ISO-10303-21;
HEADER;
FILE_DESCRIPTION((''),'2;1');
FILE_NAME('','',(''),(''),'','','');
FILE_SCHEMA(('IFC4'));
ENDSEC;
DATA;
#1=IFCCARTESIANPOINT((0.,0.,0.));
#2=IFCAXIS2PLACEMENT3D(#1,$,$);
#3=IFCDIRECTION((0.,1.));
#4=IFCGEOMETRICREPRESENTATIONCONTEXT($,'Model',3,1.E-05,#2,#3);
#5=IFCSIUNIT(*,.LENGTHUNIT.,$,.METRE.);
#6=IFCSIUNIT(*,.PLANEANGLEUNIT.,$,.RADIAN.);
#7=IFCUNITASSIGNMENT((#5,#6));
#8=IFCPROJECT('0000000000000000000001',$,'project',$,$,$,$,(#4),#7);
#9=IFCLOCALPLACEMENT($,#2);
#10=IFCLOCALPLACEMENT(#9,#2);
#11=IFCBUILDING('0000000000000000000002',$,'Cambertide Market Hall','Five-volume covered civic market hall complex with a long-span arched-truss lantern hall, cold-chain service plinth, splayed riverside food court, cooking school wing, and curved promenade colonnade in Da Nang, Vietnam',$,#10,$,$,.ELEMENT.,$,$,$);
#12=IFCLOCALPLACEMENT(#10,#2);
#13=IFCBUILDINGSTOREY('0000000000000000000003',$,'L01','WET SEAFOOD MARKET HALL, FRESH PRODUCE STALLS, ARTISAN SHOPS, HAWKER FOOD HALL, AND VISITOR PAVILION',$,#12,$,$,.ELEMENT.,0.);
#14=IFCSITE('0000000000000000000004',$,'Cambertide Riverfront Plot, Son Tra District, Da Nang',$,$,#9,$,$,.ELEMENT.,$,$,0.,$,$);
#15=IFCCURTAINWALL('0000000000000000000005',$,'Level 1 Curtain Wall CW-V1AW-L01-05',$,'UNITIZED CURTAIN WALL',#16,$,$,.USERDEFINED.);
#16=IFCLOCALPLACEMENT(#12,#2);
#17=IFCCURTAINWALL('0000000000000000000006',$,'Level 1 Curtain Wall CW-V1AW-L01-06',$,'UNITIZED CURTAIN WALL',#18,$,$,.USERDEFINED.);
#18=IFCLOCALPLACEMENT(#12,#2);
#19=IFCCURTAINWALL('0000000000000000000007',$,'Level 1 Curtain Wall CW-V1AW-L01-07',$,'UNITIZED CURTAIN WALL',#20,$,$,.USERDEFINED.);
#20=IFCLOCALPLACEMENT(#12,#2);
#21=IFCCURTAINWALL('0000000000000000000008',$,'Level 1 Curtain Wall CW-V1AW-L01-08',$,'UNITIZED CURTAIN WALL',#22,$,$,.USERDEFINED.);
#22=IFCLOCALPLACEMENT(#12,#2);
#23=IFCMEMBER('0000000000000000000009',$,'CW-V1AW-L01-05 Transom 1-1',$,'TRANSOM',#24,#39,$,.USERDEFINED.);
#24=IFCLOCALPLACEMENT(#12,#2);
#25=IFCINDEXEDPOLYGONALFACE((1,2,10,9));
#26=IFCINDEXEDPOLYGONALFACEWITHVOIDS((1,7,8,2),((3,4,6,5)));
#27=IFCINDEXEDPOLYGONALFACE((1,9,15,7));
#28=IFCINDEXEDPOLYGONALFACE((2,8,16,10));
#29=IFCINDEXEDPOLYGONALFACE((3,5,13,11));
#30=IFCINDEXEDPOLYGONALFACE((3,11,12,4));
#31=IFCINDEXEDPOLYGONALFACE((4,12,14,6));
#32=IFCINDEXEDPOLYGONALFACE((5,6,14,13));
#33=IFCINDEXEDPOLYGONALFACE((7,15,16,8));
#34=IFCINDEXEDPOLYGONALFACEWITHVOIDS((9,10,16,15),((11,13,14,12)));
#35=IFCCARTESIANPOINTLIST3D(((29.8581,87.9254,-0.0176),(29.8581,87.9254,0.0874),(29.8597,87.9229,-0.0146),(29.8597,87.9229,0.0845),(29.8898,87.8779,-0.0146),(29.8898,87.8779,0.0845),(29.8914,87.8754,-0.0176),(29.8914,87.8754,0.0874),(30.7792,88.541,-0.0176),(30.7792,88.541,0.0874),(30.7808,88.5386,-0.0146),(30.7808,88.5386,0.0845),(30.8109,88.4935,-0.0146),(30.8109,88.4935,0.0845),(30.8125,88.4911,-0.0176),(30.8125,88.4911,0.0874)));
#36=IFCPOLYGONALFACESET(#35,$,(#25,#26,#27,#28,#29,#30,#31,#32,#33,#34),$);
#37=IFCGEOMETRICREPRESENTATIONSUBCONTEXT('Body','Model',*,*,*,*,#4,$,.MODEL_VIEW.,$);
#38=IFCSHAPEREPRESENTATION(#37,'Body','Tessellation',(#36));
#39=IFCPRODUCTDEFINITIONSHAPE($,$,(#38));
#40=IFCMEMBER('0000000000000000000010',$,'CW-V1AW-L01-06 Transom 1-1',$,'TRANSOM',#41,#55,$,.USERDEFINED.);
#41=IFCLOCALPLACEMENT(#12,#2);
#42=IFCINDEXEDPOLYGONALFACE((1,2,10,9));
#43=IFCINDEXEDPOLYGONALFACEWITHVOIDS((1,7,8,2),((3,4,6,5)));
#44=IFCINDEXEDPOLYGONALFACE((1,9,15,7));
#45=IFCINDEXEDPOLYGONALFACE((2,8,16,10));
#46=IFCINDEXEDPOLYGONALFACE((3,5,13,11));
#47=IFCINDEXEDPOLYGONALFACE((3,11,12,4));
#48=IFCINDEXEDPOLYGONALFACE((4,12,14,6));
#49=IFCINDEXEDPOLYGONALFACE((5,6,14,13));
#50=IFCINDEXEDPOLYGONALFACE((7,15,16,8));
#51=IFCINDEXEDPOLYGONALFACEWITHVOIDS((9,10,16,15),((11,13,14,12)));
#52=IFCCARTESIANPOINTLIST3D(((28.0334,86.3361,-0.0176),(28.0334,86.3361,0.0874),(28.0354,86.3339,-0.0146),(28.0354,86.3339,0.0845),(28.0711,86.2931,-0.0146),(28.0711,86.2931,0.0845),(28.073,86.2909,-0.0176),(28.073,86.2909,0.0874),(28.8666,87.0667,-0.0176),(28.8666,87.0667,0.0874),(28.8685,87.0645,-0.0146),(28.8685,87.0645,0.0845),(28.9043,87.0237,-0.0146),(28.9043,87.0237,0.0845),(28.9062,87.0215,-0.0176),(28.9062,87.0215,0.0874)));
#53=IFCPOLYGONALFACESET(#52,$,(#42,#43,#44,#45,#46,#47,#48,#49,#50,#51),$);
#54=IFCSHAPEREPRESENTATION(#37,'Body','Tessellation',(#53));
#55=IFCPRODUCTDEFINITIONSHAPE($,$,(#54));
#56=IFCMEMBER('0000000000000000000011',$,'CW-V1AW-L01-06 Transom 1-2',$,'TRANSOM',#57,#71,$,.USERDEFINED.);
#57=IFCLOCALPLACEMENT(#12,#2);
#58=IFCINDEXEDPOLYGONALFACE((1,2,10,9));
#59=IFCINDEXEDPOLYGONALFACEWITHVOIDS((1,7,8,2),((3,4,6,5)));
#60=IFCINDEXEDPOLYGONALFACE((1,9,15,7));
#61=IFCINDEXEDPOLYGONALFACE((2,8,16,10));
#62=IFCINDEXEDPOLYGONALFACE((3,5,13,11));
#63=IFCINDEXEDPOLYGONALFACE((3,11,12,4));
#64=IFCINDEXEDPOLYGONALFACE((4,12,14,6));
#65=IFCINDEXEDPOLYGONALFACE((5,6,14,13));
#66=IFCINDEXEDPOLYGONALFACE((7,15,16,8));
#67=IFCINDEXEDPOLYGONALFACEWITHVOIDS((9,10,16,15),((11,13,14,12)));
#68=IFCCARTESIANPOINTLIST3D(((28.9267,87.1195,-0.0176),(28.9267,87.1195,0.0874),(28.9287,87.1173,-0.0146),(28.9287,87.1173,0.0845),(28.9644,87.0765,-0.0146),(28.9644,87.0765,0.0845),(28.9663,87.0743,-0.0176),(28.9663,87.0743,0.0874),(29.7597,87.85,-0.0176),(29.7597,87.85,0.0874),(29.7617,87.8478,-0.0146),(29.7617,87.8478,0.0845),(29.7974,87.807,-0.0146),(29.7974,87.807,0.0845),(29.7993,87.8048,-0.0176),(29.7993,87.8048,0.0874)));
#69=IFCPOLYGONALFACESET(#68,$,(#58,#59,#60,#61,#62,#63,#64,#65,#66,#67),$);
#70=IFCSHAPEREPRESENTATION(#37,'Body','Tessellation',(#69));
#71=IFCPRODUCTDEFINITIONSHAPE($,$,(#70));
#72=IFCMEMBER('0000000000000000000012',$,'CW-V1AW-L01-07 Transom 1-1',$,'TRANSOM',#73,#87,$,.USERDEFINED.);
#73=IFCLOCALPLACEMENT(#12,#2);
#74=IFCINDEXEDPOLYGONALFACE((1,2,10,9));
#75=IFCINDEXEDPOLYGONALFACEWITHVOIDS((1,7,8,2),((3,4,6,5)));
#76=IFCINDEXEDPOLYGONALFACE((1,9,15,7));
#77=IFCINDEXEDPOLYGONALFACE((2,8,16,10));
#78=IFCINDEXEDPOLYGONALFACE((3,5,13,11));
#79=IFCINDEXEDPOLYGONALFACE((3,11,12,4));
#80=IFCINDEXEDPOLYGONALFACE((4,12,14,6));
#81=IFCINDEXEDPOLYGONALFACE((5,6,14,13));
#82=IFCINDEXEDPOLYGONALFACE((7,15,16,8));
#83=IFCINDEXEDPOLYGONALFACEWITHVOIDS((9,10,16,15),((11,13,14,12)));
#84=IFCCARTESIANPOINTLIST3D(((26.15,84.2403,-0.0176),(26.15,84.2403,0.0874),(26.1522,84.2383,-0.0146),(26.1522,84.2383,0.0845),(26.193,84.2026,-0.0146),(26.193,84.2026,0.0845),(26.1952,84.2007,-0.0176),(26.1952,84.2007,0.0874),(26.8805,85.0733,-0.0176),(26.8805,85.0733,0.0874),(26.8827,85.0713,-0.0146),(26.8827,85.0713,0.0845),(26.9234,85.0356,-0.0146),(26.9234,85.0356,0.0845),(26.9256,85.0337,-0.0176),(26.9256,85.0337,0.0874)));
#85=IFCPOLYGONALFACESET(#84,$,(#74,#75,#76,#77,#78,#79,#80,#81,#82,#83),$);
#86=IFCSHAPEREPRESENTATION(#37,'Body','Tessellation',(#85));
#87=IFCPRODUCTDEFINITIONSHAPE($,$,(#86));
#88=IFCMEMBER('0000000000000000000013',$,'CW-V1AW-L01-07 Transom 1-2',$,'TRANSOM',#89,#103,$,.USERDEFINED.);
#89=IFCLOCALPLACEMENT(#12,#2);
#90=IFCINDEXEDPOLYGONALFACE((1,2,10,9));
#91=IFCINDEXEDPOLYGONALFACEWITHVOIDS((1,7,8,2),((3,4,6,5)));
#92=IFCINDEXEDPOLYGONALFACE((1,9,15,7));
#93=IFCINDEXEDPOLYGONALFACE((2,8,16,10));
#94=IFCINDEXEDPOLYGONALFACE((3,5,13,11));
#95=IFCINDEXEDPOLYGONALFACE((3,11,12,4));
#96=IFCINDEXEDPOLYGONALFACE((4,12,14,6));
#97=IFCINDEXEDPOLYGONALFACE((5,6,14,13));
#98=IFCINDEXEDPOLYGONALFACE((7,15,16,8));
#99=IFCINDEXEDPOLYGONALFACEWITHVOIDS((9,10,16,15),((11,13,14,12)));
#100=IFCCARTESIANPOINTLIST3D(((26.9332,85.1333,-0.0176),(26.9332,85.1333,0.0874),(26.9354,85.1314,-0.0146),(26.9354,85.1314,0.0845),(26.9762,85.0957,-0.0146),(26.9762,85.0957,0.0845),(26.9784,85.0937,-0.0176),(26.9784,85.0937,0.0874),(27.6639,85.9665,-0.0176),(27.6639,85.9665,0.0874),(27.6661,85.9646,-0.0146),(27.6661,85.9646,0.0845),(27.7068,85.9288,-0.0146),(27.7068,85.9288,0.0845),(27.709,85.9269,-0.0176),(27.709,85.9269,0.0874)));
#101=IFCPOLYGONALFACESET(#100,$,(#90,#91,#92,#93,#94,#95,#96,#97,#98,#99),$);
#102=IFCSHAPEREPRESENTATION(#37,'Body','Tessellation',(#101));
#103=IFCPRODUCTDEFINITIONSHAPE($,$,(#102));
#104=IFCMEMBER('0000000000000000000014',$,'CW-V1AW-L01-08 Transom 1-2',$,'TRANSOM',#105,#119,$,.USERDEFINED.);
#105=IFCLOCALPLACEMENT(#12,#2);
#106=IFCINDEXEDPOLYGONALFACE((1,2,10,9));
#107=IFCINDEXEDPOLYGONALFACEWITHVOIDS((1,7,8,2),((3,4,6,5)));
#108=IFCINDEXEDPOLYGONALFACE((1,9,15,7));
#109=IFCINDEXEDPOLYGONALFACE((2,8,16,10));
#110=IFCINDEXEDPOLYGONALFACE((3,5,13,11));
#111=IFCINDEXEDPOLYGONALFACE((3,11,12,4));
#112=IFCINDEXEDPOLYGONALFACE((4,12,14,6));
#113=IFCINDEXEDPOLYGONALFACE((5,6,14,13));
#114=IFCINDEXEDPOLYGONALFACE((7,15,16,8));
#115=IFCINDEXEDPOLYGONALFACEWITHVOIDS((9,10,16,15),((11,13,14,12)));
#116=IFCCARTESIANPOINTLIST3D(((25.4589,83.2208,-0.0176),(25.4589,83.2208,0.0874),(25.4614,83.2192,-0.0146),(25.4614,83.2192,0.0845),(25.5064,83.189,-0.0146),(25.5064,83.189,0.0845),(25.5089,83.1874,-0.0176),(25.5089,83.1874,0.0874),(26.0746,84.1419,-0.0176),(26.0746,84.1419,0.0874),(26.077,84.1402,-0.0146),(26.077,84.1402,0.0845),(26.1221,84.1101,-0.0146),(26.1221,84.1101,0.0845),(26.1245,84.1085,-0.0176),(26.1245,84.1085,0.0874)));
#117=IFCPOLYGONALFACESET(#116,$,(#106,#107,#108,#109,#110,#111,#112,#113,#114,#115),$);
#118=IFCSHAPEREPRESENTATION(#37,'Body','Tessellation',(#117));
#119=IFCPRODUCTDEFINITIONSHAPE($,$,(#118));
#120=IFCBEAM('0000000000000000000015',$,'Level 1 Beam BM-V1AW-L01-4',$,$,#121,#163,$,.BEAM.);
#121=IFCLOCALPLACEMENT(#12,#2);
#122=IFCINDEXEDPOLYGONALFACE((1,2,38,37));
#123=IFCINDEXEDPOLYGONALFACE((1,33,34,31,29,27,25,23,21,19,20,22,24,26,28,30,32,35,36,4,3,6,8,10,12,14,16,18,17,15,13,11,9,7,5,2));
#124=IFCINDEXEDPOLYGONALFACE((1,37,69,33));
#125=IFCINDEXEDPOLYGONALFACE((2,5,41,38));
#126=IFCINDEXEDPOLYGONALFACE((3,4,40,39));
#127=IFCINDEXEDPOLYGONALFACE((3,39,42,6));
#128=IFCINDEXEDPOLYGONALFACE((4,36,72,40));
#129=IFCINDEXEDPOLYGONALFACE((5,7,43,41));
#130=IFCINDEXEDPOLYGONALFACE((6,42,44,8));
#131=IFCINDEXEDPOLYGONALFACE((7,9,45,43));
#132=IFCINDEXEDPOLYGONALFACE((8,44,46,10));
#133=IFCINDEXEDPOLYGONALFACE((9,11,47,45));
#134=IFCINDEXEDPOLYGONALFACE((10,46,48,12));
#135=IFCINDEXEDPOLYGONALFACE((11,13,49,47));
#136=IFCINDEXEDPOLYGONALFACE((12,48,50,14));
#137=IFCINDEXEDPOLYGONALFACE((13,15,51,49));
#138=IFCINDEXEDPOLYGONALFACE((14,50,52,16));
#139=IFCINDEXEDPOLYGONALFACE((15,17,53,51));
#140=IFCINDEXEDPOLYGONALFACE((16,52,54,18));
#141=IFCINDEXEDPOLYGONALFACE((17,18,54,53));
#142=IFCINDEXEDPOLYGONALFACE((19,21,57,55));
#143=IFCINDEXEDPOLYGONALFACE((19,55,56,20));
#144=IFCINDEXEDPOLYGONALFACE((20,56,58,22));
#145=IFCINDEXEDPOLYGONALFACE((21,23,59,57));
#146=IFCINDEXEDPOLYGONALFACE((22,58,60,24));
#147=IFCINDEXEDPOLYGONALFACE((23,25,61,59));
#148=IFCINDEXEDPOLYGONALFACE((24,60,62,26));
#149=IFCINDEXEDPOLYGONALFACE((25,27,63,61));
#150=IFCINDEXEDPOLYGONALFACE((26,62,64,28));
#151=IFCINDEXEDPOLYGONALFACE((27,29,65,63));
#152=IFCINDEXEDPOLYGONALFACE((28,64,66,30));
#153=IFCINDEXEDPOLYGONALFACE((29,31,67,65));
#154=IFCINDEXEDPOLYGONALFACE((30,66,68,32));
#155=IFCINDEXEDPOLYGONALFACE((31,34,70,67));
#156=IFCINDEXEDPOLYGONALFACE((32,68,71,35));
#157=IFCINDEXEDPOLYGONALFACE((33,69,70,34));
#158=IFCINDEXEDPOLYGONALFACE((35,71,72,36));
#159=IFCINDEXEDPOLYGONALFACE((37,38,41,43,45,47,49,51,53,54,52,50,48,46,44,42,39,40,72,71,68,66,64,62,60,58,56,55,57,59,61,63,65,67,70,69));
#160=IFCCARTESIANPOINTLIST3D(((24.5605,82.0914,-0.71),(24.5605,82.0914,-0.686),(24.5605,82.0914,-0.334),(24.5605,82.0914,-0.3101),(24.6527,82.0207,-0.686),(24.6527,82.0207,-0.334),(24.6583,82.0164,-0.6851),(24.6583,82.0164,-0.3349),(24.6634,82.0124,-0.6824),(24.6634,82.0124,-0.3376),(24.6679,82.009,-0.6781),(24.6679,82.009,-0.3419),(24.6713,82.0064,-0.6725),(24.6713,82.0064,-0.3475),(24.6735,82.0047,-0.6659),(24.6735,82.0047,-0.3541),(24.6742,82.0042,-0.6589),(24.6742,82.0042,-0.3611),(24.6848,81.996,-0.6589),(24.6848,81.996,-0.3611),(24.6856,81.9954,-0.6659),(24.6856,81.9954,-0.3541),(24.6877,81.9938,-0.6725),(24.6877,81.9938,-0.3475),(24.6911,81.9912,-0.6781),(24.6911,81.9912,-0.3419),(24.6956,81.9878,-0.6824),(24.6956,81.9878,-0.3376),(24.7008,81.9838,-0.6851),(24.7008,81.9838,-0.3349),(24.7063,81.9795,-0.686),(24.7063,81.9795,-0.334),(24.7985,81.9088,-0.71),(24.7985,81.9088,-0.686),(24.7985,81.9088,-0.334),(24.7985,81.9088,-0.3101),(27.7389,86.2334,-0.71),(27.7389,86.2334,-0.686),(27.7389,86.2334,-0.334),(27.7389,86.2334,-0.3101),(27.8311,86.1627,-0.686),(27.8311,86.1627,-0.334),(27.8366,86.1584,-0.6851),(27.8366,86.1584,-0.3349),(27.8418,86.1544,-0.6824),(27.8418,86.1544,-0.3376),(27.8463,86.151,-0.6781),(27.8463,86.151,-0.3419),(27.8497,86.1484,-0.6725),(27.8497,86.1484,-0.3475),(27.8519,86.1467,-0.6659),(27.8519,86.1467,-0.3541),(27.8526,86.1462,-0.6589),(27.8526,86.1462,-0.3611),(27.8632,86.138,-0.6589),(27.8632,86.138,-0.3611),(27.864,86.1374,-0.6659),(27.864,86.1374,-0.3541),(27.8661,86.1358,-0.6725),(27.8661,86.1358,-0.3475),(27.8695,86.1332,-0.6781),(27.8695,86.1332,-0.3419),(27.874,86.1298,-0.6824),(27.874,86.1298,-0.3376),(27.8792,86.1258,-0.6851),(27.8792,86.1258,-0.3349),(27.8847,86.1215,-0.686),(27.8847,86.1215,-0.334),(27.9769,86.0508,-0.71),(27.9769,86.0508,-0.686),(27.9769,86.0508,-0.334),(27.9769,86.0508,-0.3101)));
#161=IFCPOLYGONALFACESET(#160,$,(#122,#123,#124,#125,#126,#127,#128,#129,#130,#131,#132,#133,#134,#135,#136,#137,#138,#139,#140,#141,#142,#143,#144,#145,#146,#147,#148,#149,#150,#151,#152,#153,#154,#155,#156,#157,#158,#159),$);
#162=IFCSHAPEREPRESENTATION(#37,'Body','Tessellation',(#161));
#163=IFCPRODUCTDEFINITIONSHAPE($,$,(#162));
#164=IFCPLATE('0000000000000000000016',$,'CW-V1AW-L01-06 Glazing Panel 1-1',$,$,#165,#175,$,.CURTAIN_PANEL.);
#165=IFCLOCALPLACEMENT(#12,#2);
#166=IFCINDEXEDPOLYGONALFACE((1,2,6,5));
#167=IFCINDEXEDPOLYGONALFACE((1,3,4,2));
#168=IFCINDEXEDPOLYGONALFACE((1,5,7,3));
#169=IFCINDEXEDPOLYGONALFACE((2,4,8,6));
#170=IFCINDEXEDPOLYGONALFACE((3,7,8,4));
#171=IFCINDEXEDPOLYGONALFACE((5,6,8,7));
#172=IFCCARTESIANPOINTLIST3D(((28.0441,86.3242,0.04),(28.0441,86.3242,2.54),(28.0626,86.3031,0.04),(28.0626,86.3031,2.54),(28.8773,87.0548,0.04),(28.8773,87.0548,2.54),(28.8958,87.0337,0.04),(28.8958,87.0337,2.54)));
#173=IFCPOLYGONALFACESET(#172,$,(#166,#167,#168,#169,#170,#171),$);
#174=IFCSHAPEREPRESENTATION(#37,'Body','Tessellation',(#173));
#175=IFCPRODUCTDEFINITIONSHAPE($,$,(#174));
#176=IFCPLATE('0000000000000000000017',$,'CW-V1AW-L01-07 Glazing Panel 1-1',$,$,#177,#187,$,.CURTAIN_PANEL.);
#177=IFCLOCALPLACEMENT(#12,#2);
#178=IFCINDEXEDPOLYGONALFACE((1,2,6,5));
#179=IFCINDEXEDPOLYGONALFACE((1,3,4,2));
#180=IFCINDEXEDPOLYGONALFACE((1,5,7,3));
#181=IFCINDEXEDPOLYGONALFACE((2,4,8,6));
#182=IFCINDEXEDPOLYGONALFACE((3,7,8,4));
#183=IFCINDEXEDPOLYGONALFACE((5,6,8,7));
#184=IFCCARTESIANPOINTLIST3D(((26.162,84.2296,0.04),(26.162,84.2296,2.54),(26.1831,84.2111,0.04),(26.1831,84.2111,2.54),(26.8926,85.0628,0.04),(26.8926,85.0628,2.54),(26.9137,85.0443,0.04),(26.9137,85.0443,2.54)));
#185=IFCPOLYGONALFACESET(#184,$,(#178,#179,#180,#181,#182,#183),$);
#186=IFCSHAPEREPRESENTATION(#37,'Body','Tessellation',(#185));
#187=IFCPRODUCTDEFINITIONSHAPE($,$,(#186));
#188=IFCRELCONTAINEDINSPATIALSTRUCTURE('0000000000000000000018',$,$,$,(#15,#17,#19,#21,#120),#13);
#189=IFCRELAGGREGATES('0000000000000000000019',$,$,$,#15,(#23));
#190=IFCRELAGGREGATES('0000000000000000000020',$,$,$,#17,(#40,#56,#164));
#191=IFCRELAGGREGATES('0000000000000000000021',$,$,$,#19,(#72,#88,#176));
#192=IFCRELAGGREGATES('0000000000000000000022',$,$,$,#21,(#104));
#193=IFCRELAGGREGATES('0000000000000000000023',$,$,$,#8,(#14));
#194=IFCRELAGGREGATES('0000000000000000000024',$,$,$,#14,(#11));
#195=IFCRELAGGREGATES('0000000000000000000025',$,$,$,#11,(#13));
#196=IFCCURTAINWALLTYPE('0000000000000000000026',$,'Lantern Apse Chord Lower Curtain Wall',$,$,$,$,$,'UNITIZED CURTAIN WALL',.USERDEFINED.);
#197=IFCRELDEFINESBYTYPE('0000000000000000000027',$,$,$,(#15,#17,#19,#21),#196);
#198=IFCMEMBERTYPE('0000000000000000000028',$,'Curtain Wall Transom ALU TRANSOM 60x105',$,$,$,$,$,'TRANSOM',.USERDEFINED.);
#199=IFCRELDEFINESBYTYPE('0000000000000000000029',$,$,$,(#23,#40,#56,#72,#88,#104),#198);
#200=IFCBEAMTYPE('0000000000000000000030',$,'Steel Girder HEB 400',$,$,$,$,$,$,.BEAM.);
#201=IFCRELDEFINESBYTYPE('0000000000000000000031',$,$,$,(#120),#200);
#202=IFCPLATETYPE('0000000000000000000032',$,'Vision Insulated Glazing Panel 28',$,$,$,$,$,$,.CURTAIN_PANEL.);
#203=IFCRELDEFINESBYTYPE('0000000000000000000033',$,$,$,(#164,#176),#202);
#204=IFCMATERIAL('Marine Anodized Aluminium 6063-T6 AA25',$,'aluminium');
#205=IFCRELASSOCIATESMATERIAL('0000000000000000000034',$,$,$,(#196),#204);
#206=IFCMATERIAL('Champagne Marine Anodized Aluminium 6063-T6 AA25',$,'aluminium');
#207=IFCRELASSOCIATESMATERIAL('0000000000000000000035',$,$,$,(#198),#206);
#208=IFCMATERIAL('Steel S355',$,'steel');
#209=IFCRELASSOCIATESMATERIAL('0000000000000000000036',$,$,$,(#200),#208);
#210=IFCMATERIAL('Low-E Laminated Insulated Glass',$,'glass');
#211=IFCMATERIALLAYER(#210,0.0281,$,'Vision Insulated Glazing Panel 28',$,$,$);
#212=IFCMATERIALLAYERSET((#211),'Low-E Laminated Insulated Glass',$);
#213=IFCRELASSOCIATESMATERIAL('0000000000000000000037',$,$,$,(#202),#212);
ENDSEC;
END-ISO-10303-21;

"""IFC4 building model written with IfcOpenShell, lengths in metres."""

from ifc_helpers import new_model, si_unit, direction, frame, origin, origin_2d, place, context, subcontext, project, spatial, rectangle, hollow_rectangle, i_section, extrude, material, layer, layer_set, material_profile, profile_set, type_object, element, aggregate, save


model = new_model("IFC4")

# Units and contexts
model_context = context("Model", 3, precision=1e-05, world=origin(), true_north=direction((0.0, 1.0)))
body_context = subcontext(model_context, "Body", "Model", "MODEL_VIEW")
ifc_project = project(units=[si_unit("LENGTHUNIT", "METRE"), si_unit("PLANEANGLEUNIT", "RADIAN")], contexts=[model_context])

# Site, building, storey
site_placement = place(None, origin())
site = spatial("IfcSite", under=ifc_project, at=site_placement, Name="Cambertide Riverfront Plot, Son Tra District, Da Nang", CompositionType="ELEMENT", RefElevation=0.0)
building_placement = place(site_placement, origin())
building = spatial("IfcBuilding", under=site, at=building_placement, Name="Cambertide Market Hall", Description="Five-volume covered civic market hall complex with a long-span arched-truss lantern hall, cold-chain service plinth, splayed riverside food court, cooking school wing, and curved promenade colonnade in Da Nang, Vietnam", CompositionType="ELEMENT")
storey_placement = place(building_placement, origin())
storey = spatial("IfcBuildingStorey", under=building, at=storey_placement, Name="L01", Description="WET SEAFOOD MARKET HALL, FRESH PRODUCE STALLS, ARTISAN SHOPS, HAWKER FOOD HALL, AND VISITOR PAVILION", CompositionType="ELEMENT", Elevation=0.0)

# Curtain wall
ifc_material_1 = material(Name="Marine Anodized Aluminium 6063-T6 AA25", Category="aluminium")
curtain_wall_type = type_object("IfcCurtainWallType", Name="Lantern Apse Chord Lower Curtain Wall", ElementType="UNITIZED CURTAIN WALL", PredefinedType="USERDEFINED", material=ifc_material_1)
curtain_wall_1_placement = place(storey_placement, origin())
curtain_wall_1 = element("IfcCurtainWall", 1, at=curtain_wall_1_placement, inside=storey, type_object=curtain_wall_type, Name="Level 1 Curtain Wall CW-V1AW-L01-05", ObjectType="UNITIZED CURTAIN WALL", PredefinedType="USERDEFINED")

# Curtain walls
curtain_wall_2_placement = place(storey_placement, origin())
curtain_wall_2 = element("IfcCurtainWall", 2, at=curtain_wall_2_placement, inside=storey, type_object=curtain_wall_type, Name="Level 1 Curtain Wall CW-V1AW-L01-06", ObjectType="UNITIZED CURTAIN WALL", PredefinedType="USERDEFINED")
curtain_wall_3_placement = place(storey_placement, origin())
curtain_wall_3 = element("IfcCurtainWall", 3, at=curtain_wall_3_placement, inside=storey, type_object=curtain_wall_type, Name="Level 1 Curtain Wall CW-V1AW-L01-07", ObjectType="UNITIZED CURTAIN WALL", PredefinedType="USERDEFINED")

# Curtain wall
curtain_wall_4_placement = place(storey_placement, origin())
curtain_wall_4 = element("IfcCurtainWall", 4, at=curtain_wall_4_placement, inside=storey, type_object=curtain_wall_type, Name="Level 1 Curtain Wall CW-V1AW-L01-08", ObjectType="UNITIZED CURTAIN WALL", PredefinedType="USERDEFINED")

# Members
ifc_material_2 = material(Name="Champagne Marine Anodized Aluminium 6063-T6 AA25", Category="aluminium")
ifc_material_profile_1 = material_profile(ifc_material_2, hollow_rectangle(XDim=0.0601, YDim=0.105, WallThickness=0.0029, at=origin_2d()), Name="ALU TRANSOM 60x105")
ifc_profile_set_1 = profile_set([ifc_material_profile_1], Name="Champagne Marine Anodized Aluminium 6063-T6 AA25")
member_type_1 = type_object("IfcMemberType", Name="Curtain Wall Transom ALU TRANSOM 60x105", ElementType="TRANSOM", PredefinedType="USERDEFINED", material=ifc_profile_set_1)
member_1_placement = place(storey_placement, frame((29.8748, 87.9004, 0.0349), z_axis=(0.831372, 0.555717, 0.0), x_axis=(-0.555717, 0.831372, 0.0)))
member_1 = element("IfcMember", 5, at=member_1_placement, type_object=member_type_1, Name="CW-V1AW-L01-05 Transom 1-1", ObjectType="TRANSOM", PredefinedType="USERDEFINED", context=body_context, shape_type="SweptSolid", body=[
    extrude(hollow_rectangle(XDim=0.0601, YDim=0.105, WallThickness=0.0029, at=origin_2d()), origin(), (0.0, 0.0, 1.0), 1.1079),
])
aggregate(curtain_wall_1, [member_1])
member_2_placement = place(storey_placement, frame((28.0532, 86.3135, 0.0349), z_axis=(0.751853, 0.659331, 0.0), x_axis=(-0.659331, 0.751853, 0.0)))
member_2 = element("IfcMember", 6, at=member_2_placement, type_object=member_type_1, Name="CW-V1AW-L01-06 Transom 1-1", ObjectType="TRANSOM", PredefinedType="USERDEFINED", context=body_context, shape_type="SweptSolid", body=[
    extrude(hollow_rectangle(XDim=0.0601, YDim=0.105, WallThickness=0.0029, at=origin_2d()), origin(), (0.0, 0.0, 1.0), 1.1082),
])
member_3_placement = place(storey_placement, frame((28.9465, 87.0969, 0.0349), z_axis=(0.751866, 0.659315, 0.0), x_axis=(-0.659315, 0.751866, 0.0)))
member_3 = element("IfcMember", 7, at=member_3_placement, type_object=member_type_1, Name="CW-V1AW-L01-06 Transom 1-2", ObjectType="TRANSOM", PredefinedType="USERDEFINED", context=body_context, shape_type="SweptSolid", body=[
    extrude(hollow_rectangle(XDim=0.0601, YDim=0.105, WallThickness=0.0029, at=origin_2d()), origin(), (0.0, 0.0, 1.0), 1.1079),
])
member_4_placement = place(storey_placement, frame((26.1726, 84.2205, 0.0349), z_axis=(0.659315, 0.751866, 0.0), x_axis=(-0.751866, 0.659315, 0.0)))
member_4 = element("IfcMember", 8, at=member_4_placement, type_object=member_type_1, Name="CW-V1AW-L01-07 Transom 1-1", ObjectType="TRANSOM", PredefinedType="USERDEFINED", context=body_context, shape_type="SweptSolid", body=[
    extrude(hollow_rectangle(XDim=0.0601, YDim=0.105, WallThickness=0.0029, at=origin_2d()), origin(), (0.0, 0.0, 1.0), 1.1079),
])
member_5_placement = place(storey_placement, frame((26.9558, 85.1135, 0.0349), z_axis=(0.659331, 0.751853, 0.0), x_axis=(-0.751853, 0.659331, 0.0)))
member_5 = element("IfcMember", 9, at=member_5_placement, type_object=member_type_1, Name="CW-V1AW-L01-07 Transom 1-2", ObjectType="TRANSOM", PredefinedType="USERDEFINED", context=body_context, shape_type="SweptSolid", body=[
    extrude(hollow_rectangle(XDim=0.0601, YDim=0.105, WallThickness=0.0029, at=origin_2d()), origin(), (0.0, 0.0, 1.0), 1.1082),
])
member_6_placement = place(storey_placement, frame((25.4839, 83.2041, 0.0349), z_axis=(0.555717, 0.831372, 0.0), x_axis=(-0.831372, 0.555717, 0.0)))
member_6 = element("IfcMember", 10, at=member_6_placement, type_object=member_type_1, Name="CW-V1AW-L01-08 Transom 1-2", ObjectType="TRANSOM", PredefinedType="USERDEFINED", context=body_context, shape_type="SweptSolid", body=[
    extrude(hollow_rectangle(XDim=0.0601, YDim=0.105, WallThickness=0.0029, at=origin_2d()), origin(), (0.0, 0.0, 1.0), 1.1079),
])

# Beam
ifc_material_3 = material(Name="Steel S355", Category="steel")
ifc_material_profile_2 = material_profile(ifc_material_3, i_section(OverallWidth=0.3, OverallDepth=0.3999, WebThickness=0.0134, FlangeThickness=0.0239, FilletRadius=0.0271, at=origin_2d()), Name="HEB 400")
ifc_profile_set_2 = profile_set([ifc_material_profile_2], Name="Steel S355")
beam_type = type_object("IfcBeamType", Name="Steel Girder HEB 400", PredefinedType="BEAM", material=ifc_profile_set_2)
beam_placement = place(storey_placement, frame((27.8579, 86.1421, -0.51), z_axis=(-0.608777, -0.793341, 0.0), x_axis=(0.793341, -0.608777, 0.0)))
element("IfcBeam", 11, at=beam_placement, inside=storey, type_object=beam_type, Name="Level 1 Beam BM-V1AW-L01-4", PredefinedType="BEAM", context=body_context, shape_type="SweptSolid", body=[
    extrude(i_section(OverallWidth=0.3, OverallDepth=0.3999, WebThickness=0.0134, FlangeThickness=0.0239, FilletRadius=0.0271, at=origin_2d()), origin(), (0.0, 0.0, 1.0), 5.2209),
])

# Plates
ifc_material_4 = material(Name="Low-E Laminated Insulated Glass", Category="glass")
ifc_layer_1 = layer(ifc_material_4, 0.0281, Name="Vision Insulated Glazing Panel 28")
ifc_layer_set_1 = layer_set([ifc_layer_1], Name="Low-E Laminated Insulated Glass")
plate_type = type_object("IfcPlateType", Name="Vision Insulated Glazing Panel 28", PredefinedType="CURTAIN_PANEL", material=ifc_layer_set_1)
plate_1_placement = place(storey_placement, frame((28.47, 86.679, 0.04), z_axis=(0.0, 0.0, 1.0), x_axis=(0.75184, 0.659346, 0.0)))
plate_1 = element("IfcPlate", 12, at=plate_1_placement, type_object=plate_type, Name="CW-V1AW-L01-06 Glazing Panel 1-1", PredefinedType="CURTAIN_PANEL", context=body_context, shape_type="SweptSolid", body=[
    extrude(rectangle(XDim=1.1082, YDim=0.0281, at=origin_2d()), origin(), (0.0, 0.0, 1.0), 2.5),
])
aggregate(curtain_wall_2, [member_2, member_3, plate_1])
plate_2_placement = place(storey_placement, frame((26.5378, 84.637, 0.04), z_axis=(0.0, 0.0, 1.0), x_axis=(0.659346, 0.75184, 0.0)))
plate_2 = element("IfcPlate", 13, at=plate_2_placement, type_object=plate_type, Name="CW-V1AW-L01-07 Glazing Panel 1-1", PredefinedType="CURTAIN_PANEL", context=body_context, shape_type="SweptSolid", body=[
    extrude(rectangle(XDim=1.1082, YDim=0.0281, at=origin_2d()), origin(), (0.0, 0.0, 1.0), 2.5),
])
aggregate(curtain_wall_3, [member_4, member_5, plate_2])
aggregate(curtain_wall_4, [member_6])

save(model, "model.ifc")
